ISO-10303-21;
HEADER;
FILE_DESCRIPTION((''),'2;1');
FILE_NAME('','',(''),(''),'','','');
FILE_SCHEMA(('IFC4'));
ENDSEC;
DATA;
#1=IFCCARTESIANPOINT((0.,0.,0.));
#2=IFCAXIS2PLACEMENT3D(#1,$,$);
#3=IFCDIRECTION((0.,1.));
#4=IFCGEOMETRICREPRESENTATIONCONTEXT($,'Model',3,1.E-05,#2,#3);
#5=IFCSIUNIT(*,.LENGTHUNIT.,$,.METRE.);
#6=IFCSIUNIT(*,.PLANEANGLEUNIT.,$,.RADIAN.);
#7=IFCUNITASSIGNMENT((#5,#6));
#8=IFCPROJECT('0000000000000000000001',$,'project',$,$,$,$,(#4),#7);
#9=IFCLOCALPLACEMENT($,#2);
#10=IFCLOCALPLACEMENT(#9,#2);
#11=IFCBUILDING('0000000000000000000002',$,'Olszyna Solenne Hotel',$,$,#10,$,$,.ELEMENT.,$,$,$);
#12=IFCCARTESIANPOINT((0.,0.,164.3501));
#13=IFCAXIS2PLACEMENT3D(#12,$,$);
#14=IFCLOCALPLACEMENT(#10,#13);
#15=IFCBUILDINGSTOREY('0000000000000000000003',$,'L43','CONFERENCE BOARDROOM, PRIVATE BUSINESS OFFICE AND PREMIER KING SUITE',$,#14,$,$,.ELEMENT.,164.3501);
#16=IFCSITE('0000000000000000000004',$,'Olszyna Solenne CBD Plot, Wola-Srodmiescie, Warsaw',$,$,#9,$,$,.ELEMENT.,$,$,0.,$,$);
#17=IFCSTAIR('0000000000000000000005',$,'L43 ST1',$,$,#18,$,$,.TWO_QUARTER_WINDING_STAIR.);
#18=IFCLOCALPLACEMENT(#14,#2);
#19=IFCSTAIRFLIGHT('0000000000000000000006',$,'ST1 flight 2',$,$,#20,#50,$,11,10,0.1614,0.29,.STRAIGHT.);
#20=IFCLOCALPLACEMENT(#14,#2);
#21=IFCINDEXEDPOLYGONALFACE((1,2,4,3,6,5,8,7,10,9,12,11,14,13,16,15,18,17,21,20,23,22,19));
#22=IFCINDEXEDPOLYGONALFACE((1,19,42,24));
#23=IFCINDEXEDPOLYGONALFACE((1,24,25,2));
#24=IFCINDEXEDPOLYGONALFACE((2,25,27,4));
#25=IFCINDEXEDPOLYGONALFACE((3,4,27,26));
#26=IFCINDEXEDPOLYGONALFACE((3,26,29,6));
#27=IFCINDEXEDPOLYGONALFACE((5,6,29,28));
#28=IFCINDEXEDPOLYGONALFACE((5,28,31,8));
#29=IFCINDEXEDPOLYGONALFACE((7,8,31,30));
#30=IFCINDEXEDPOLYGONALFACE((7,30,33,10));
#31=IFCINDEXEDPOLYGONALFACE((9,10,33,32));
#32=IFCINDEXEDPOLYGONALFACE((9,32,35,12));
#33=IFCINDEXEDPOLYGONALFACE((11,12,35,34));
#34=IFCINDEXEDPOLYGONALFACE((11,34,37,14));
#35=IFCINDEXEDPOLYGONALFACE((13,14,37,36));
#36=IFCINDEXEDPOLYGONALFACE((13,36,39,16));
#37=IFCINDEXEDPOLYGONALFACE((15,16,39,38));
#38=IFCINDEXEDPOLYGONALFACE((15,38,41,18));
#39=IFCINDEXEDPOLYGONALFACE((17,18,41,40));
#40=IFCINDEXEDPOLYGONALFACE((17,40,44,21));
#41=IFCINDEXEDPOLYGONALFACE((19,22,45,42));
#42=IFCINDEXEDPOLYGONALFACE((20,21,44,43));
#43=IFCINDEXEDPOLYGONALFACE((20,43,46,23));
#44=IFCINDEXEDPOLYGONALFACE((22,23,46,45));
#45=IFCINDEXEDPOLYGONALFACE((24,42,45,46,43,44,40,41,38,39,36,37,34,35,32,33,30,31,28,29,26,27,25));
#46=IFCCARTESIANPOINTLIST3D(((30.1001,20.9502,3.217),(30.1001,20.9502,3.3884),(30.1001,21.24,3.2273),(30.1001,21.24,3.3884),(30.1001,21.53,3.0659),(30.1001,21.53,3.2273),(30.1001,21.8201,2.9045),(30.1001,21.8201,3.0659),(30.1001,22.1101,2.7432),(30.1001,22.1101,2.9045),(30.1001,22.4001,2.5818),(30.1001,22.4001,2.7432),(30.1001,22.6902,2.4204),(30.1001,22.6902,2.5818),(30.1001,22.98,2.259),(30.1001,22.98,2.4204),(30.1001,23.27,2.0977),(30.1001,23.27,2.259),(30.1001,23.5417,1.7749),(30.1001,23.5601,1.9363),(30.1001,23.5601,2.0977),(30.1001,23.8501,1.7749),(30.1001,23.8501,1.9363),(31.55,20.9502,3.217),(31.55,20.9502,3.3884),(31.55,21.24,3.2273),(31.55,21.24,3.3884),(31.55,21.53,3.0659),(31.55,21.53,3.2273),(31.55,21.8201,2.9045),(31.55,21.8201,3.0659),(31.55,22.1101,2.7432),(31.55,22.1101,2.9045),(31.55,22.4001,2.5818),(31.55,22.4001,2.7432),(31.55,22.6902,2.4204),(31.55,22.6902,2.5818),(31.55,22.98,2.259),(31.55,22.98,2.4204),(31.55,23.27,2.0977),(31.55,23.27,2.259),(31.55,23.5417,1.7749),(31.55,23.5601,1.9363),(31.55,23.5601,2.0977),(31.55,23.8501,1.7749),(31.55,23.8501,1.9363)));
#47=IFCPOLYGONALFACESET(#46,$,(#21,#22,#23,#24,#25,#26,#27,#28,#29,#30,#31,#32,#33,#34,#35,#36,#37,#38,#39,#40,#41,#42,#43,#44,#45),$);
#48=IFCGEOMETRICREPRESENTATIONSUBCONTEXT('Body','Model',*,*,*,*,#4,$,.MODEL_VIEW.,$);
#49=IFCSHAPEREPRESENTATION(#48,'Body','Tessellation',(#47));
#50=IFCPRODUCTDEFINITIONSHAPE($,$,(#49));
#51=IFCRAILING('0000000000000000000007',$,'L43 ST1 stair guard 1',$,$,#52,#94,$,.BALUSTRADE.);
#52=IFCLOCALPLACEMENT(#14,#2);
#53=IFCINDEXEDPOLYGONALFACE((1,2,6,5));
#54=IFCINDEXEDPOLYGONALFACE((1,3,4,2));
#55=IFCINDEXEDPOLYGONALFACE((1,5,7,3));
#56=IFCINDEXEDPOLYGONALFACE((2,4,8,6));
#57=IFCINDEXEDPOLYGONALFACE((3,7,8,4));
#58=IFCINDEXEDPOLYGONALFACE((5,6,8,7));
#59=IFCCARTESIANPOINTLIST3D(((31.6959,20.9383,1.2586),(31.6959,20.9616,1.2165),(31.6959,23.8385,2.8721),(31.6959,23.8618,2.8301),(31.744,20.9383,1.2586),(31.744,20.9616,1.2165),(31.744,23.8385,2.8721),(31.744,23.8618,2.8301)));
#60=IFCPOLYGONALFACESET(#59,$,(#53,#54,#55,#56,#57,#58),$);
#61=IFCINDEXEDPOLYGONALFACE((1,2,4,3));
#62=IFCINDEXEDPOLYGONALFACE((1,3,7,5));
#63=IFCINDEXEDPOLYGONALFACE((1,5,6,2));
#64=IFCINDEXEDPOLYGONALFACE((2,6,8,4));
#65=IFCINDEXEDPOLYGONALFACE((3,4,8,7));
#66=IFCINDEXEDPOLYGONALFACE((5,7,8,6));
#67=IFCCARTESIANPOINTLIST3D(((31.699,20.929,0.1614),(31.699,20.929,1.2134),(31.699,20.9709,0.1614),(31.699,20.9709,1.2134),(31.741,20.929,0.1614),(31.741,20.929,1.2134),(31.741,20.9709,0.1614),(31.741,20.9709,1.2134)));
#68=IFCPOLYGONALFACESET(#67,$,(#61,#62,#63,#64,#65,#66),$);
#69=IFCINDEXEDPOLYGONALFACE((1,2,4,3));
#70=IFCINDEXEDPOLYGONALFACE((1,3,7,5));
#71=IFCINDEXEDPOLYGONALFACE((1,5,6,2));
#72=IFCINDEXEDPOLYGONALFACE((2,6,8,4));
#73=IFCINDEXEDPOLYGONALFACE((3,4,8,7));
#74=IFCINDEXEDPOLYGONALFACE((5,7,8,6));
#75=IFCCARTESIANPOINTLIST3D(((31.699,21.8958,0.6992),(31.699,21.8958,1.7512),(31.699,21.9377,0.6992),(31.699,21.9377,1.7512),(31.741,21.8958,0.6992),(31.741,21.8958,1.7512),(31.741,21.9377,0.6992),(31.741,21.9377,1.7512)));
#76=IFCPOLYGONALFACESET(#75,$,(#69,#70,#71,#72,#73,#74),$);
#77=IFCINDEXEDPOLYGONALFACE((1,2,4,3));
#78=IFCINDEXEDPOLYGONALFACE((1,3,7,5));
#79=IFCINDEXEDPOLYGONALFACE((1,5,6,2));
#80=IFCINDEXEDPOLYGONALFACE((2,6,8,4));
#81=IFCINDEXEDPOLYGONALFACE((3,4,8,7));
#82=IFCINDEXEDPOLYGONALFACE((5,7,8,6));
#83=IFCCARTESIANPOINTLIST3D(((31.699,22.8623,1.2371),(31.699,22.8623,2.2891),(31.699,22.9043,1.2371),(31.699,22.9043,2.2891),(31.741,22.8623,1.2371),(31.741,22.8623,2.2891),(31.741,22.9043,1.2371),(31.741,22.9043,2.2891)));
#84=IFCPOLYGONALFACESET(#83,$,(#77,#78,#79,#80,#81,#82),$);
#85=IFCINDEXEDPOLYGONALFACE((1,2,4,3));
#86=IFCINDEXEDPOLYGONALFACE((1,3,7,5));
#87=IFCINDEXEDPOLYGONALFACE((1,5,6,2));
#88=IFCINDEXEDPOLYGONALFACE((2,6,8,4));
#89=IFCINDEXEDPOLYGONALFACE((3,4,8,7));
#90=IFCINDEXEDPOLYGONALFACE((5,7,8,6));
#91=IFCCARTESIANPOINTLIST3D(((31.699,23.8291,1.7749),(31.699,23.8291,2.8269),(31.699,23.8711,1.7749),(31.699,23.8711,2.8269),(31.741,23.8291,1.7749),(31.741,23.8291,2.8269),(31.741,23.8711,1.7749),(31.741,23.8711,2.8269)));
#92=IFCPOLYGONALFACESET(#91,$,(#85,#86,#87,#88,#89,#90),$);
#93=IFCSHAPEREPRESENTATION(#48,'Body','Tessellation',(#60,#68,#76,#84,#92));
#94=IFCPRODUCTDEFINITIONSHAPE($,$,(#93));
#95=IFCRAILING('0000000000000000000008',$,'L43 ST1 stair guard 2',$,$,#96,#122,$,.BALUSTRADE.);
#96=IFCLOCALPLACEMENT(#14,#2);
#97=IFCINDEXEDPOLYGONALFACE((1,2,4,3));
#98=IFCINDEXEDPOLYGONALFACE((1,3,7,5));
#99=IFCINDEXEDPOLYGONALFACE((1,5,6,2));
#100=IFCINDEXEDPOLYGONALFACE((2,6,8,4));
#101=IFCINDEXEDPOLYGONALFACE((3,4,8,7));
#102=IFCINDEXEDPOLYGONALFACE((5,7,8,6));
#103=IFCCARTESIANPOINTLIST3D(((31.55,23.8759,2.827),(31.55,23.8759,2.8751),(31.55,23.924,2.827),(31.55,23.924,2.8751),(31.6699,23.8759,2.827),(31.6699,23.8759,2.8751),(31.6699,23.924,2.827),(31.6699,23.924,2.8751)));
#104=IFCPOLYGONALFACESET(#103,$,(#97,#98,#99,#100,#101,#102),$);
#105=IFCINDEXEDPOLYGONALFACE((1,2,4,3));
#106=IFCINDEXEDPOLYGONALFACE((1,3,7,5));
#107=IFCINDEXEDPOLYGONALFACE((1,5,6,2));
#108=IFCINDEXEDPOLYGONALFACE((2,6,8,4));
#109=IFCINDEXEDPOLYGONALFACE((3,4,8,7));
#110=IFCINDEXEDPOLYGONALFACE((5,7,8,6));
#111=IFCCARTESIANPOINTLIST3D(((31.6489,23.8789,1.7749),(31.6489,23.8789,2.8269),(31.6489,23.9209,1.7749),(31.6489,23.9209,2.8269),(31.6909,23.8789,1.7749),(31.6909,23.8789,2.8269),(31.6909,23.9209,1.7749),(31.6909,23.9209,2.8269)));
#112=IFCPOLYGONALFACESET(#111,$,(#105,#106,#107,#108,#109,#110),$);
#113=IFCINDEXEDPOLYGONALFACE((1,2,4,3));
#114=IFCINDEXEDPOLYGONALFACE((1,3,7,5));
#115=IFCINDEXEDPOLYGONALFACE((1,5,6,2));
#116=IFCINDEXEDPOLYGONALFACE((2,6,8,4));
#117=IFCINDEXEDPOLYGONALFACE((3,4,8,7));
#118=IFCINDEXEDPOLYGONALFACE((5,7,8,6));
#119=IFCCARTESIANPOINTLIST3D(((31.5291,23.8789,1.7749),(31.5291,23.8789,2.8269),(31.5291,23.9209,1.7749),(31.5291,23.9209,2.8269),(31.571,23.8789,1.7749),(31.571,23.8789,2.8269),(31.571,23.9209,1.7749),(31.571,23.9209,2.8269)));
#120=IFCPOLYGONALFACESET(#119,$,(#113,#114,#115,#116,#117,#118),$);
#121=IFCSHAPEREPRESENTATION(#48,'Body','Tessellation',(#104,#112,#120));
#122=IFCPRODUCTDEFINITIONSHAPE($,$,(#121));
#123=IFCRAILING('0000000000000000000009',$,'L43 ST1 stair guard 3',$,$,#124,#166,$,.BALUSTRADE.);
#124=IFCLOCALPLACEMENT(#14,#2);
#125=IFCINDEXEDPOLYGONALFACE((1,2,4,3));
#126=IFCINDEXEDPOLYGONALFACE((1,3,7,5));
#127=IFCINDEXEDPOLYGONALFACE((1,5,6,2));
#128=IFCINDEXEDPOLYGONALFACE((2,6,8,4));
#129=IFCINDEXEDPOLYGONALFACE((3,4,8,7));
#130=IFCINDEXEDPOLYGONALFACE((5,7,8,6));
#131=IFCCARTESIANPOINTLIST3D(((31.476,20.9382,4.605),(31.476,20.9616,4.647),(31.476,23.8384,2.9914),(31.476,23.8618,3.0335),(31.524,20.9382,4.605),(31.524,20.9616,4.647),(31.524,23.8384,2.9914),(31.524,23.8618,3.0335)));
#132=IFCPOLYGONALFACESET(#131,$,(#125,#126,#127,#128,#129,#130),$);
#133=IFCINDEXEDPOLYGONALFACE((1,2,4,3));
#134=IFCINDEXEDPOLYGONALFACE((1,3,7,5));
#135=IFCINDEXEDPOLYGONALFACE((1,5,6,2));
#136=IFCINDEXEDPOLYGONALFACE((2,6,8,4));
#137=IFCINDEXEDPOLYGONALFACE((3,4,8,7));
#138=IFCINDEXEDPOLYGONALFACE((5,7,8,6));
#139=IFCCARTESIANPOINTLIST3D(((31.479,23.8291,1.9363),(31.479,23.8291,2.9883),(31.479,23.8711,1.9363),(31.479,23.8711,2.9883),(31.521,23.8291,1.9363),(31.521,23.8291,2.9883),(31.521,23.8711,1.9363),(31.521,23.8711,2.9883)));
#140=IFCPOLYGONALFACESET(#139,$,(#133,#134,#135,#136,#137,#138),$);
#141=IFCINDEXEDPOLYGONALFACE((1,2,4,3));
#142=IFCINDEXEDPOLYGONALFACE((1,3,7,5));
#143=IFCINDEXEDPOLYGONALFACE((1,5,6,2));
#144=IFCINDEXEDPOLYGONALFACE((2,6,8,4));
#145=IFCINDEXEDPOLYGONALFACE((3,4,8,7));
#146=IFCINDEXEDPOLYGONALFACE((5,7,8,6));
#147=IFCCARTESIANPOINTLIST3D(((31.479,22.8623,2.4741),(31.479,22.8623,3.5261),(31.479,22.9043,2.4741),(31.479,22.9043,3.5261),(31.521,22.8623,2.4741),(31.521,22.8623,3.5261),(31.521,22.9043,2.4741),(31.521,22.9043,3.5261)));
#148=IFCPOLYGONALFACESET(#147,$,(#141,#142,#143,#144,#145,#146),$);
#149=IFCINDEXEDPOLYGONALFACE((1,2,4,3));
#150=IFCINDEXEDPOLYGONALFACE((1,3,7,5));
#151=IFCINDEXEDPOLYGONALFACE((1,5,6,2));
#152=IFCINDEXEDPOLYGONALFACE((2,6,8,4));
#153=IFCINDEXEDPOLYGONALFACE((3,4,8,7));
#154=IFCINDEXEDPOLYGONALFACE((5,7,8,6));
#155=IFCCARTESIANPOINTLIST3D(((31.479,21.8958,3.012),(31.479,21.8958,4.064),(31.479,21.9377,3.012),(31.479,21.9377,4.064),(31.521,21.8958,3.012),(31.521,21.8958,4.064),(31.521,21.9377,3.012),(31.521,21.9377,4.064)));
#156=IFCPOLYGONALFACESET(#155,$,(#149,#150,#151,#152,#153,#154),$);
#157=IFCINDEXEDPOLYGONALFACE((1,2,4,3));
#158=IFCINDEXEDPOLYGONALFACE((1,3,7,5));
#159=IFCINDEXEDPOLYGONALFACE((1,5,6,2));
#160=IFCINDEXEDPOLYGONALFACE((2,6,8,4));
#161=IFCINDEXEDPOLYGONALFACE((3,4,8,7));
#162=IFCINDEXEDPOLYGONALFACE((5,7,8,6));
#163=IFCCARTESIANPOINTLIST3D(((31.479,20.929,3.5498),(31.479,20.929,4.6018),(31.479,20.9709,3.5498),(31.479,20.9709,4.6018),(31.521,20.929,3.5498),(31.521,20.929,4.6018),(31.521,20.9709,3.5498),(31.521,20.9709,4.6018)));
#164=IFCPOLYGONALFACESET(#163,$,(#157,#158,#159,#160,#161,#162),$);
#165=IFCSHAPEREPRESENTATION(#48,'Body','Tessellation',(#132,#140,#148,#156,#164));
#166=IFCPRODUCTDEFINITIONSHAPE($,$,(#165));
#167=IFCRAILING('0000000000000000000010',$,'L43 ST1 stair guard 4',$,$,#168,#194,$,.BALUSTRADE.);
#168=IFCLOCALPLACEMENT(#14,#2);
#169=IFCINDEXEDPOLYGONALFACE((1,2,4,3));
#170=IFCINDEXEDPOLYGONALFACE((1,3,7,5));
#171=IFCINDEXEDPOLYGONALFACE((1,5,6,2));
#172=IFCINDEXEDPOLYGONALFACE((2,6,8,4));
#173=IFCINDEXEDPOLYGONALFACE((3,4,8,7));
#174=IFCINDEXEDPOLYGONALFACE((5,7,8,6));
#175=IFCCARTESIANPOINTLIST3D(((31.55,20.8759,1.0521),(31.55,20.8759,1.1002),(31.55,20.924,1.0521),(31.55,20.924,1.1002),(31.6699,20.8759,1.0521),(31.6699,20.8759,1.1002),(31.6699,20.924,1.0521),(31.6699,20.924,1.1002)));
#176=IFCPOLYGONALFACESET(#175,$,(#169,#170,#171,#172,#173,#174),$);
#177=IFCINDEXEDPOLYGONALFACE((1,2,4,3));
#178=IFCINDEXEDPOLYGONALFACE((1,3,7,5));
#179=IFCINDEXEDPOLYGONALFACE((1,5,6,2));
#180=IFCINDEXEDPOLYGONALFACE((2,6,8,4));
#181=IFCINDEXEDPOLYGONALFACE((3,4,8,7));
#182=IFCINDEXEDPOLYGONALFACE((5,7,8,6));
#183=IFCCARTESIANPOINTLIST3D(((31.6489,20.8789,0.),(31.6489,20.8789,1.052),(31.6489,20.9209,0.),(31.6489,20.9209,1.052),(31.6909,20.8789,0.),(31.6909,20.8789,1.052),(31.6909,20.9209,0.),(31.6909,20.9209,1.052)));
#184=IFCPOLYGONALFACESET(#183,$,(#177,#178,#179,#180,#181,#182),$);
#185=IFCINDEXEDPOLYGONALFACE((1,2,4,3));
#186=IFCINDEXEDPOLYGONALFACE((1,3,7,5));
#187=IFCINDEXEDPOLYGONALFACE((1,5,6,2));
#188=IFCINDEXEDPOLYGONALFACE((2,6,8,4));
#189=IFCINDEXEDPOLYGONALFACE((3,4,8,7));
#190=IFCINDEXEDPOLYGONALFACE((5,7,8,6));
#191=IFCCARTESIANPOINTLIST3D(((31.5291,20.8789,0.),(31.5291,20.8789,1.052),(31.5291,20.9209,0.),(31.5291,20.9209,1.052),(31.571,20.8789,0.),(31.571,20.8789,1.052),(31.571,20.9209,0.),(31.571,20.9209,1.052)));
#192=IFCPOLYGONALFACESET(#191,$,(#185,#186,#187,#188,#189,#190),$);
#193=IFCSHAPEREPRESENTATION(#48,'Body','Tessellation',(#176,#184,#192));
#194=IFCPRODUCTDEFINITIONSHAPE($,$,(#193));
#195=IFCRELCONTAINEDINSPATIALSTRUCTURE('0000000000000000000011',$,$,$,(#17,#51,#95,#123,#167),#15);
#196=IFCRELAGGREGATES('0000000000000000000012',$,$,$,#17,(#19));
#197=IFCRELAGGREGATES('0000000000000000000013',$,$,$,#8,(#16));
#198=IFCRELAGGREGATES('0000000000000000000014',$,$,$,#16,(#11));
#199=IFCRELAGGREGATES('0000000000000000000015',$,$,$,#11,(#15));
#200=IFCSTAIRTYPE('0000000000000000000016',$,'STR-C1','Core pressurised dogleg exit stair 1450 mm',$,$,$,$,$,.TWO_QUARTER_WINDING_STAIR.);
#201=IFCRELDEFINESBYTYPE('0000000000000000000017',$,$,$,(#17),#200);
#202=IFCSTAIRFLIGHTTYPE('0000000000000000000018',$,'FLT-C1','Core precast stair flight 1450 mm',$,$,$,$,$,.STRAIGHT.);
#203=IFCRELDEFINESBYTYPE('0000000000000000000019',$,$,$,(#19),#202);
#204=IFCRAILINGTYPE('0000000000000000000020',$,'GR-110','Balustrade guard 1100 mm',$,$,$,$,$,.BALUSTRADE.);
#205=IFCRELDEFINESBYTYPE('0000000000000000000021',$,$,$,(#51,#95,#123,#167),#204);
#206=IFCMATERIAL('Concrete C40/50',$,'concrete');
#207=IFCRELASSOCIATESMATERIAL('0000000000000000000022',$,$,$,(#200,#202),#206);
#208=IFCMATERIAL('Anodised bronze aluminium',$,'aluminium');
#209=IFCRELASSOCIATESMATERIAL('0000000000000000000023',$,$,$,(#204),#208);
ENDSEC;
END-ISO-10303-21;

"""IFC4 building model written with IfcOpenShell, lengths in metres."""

from ifc_helpers import new_model, si_unit, direction, frame, origin, origin_2d, place, context, subcontext, project, spatial, polyline, rectangle, outline, extrude, material, type_object, element, aggregate, save


model = new_model("IFC4")

# Units and contexts
model_context = context("Model", 3, precision=1e-05, world=origin(), true_north=direction((0.0, 1.0)))
body_context = subcontext(model_context, "Body", "Model", "MODEL_VIEW")
ifc_project = project(units=[si_unit("LENGTHUNIT", "METRE"), si_unit("PLANEANGLEUNIT", "RADIAN")], contexts=[model_context])

# Site, building, storey
site_placement = place(None, origin())
site = spatial("IfcSite", under=ifc_project, at=site_placement, Name="Olszyna Solenne CBD Plot, Wola-Srodmiescie, Warsaw", CompositionType="ELEMENT", RefElevation=0.0)
building_placement = place(site_placement, origin())
building = spatial("IfcBuilding", under=site, at=building_placement, Name="Olszyna Solenne Hotel", CompositionType="ELEMENT")
storey_placement = place(building_placement, frame((0.0, 0.0, 164.3501)))
storey = spatial("IfcBuildingStorey", under=building, at=storey_placement, Name="L43", Description="CONFERENCE BOARDROOM, PRIVATE BUSINESS OFFICE AND PREMIER KING SUITE", CompositionType="ELEMENT", Elevation=164.3501)

# Stair, stair flight
ifc_material_1 = material(Name="Concrete C40/50", Category="concrete")
stair_type = type_object("IfcStairType", Name="STR-C1", Description="Core pressurised dogleg exit stair 1450 mm", PredefinedType="TWO_QUARTER_WINDING_STAIR", material=ifc_material_1)
stair_placement = place(storey_placement, origin())
stair = element("IfcStair", 1, at=stair_placement, inside=storey, type_object=stair_type, Name="L43 ST1", PredefinedType="TWO_QUARTER_WINDING_STAIR")
stair_flight_type = type_object("IfcStairFlightType", Name="FLT-C1", Description="Core precast stair flight 1450 mm", PredefinedType="STRAIGHT", material=ifc_material_1)
stair_flight_1_placement = place(storey_placement, frame((30.825, 23.8501, 1.7749), z_axis=(0.0, 0.0, 1.0), x_axis=(0.0, -1.0, 0.0)))
stair_flight_1 = element("IfcStairFlight", 2, at=stair_flight_1_placement, type_object=stair_flight_type, Name="ST1 flight 2", NumberOfRisers=11, NumberOfTreads=10, PredefinedType="STRAIGHT", RiserHeight=0.1614, TreadLength=0.29, context=body_context, shape_type="SweptSolid", body=[
    extrude(outline(polyline([(0.0, 0.0), (0.0, 0.1614), (0.29, 0.1614), (0.29, 0.3228), (0.5801, 0.3228), (0.5801, 0.4841), (0.8701, 0.4841), (0.8701, 0.6455), (1.1599, 0.6455), (1.1599, 0.8069), (1.45, 0.8069), (1.45, 0.9683), (1.74, 0.9683), (1.74, 1.1296), (2.03, 1.1296), (2.03, 1.291), (2.3201, 1.291), (2.3201, 1.4524), (2.6101, 1.4524), (2.6101, 1.6135), (2.8999, 1.6135), (2.8999, 1.7749), (2.8999, 1.4421), (0.3083, 0.0), (0.0, 0.0)])), frame((0.0, 0.7251, 0.0), z_axis=(0.0, -1.0, 0.0), x_axis=(1.0, 0.0, 0.0)), (0.0, 0.0, 1.0), 1.45),
])
aggregate(stair, [stair_flight_1])

# Railings
ifc_material_2 = material(Name="Anodised bronze aluminium", Category="aluminium")
railing_type_1 = type_object("IfcRailingType", Name="GR-110", Description="Balustrade guard 1100 mm", PredefinedType="BALUSTRADE", material=ifc_material_2)
railing_1_placement = place(storey_placement, frame((31.72, 20.95, 0.1614)))
element("IfcRailing", 3, at=railing_1_placement, inside=storey, type_object=railing_type_1, Name="L43 ST1 stair guard 1", PredefinedType="BALUSTRADE", context=body_context, shape_type="SweptSolid", body=[
    extrude(rectangle(XDim=0.0481, YDim=0.0481, at=origin_2d()), frame((0.0, 0.0, 1.0762), z_axis=(0.0, 0.873859, 0.48618), x_axis=(-1.0, 0.0, 0.0)), (0.0, 0.0, 1.0), 3.3188),
    extrude(rectangle(XDim=0.042, YDim=0.042, at=origin_2d()), origin(), (0.0, 0.0, 1.0), 1.052),
    extrude(rectangle(XDim=0.042, YDim=0.042, at=origin_2d()), frame((0.0, 0.9668, 0.5378)), (0.0, 0.0, 1.0), 1.052),
    extrude(rectangle(XDim=0.042, YDim=0.042, at=origin_2d()), frame((0.0, 1.9333, 1.0757)), (0.0, 0.0, 1.0), 1.052),
    extrude(rectangle(XDim=0.042, YDim=0.042, at=origin_2d()), frame((0.0, 2.9001, 1.6135)), (0.0, 0.0, 1.0), 1.052),
])
railing_2_placement = place(storey_placement, frame((31.6699, 23.8999, 1.7749)))
element("IfcRailing", 4, at=railing_2_placement, inside=storey, type_object=railing_type_1, Name="L43 ST1 stair guard 2", PredefinedType="BALUSTRADE", context=body_context, shape_type="SweptSolid", body=[
    extrude(rectangle(XDim=0.0481, YDim=0.0481, at=origin_2d()), frame((0.0, 0.0, 1.0762), z_axis=(-1.0, 0.0, 0.0), x_axis=(0.0, -1.0, 0.0)), (0.0, 0.0, 1.0), 0.1199),
    extrude(rectangle(XDim=0.042, YDim=0.042, at=origin_2d()), origin(), (0.0, 0.0, 1.0), 1.052),
    extrude(rectangle(XDim=0.042, YDim=0.042, at=origin_2d()), frame((-0.1199, 0.0, 0.0)), (0.0, 0.0, 1.0), 1.052),
])
railing_3_placement = place(storey_placement, frame((31.5, 23.8501, 1.9363)))
element("IfcRailing", 5, at=railing_3_placement, inside=storey, type_object=railing_type_1, Name="L43 ST1 stair guard 3", PredefinedType="BALUSTRADE", context=body_context, shape_type="SweptSolid", body=[
    extrude(rectangle(XDim=0.0481, YDim=0.0481, at=origin_2d()), frame((0.0, 0.0, 1.0762), z_axis=(0.0, -0.873859, 0.48618), x_axis=(1.0, 0.0, 0.0)), (0.0, 0.0, 1.0), 3.3188),
    extrude(rectangle(XDim=0.042, YDim=0.042, at=origin_2d()), origin(), (0.0, 0.0, 1.0), 1.052),
    extrude(rectangle(XDim=0.042, YDim=0.042, at=origin_2d()), frame((0.0, -0.9668, 0.5378)), (0.0, 0.0, 1.0), 1.052),
    extrude(rectangle(XDim=0.042, YDim=0.042, at=origin_2d()), frame((0.0, -1.9333, 1.0757)), (0.0, 0.0, 1.0), 1.052),
    extrude(rectangle(XDim=0.042, YDim=0.042, at=origin_2d()), frame((0.0, -2.9001, 1.6135)), (0.0, 0.0, 1.0), 1.052),
])
railing_4_placement = place(storey_placement, frame((31.6699, 20.8999, 0.0)))
element("IfcRailing", 6, at=railing_4_placement, inside=storey, type_object=railing_type_1, Name="L43 ST1 stair guard 4", PredefinedType="BALUSTRADE", context=body_context, shape_type="SweptSolid", body=[
    extrude(rectangle(XDim=0.0481, YDim=0.0481, at=origin_2d()), frame((0.0, 0.0, 1.0762), z_axis=(-1.0, 0.0, 0.0), x_axis=(0.0, -1.0, 0.0)), (0.0, 0.0, 1.0), 0.1199),
    extrude(rectangle(XDim=0.042, YDim=0.042, at=origin_2d()), origin(), (0.0, 0.0, 1.0), 1.052),
    extrude(rectangle(XDim=0.042, YDim=0.042, at=origin_2d()), frame((-0.1199, 0.0, 0.0)), (0.0, 0.0, 1.0), 1.052),
])

save(model, "model.ifc")
